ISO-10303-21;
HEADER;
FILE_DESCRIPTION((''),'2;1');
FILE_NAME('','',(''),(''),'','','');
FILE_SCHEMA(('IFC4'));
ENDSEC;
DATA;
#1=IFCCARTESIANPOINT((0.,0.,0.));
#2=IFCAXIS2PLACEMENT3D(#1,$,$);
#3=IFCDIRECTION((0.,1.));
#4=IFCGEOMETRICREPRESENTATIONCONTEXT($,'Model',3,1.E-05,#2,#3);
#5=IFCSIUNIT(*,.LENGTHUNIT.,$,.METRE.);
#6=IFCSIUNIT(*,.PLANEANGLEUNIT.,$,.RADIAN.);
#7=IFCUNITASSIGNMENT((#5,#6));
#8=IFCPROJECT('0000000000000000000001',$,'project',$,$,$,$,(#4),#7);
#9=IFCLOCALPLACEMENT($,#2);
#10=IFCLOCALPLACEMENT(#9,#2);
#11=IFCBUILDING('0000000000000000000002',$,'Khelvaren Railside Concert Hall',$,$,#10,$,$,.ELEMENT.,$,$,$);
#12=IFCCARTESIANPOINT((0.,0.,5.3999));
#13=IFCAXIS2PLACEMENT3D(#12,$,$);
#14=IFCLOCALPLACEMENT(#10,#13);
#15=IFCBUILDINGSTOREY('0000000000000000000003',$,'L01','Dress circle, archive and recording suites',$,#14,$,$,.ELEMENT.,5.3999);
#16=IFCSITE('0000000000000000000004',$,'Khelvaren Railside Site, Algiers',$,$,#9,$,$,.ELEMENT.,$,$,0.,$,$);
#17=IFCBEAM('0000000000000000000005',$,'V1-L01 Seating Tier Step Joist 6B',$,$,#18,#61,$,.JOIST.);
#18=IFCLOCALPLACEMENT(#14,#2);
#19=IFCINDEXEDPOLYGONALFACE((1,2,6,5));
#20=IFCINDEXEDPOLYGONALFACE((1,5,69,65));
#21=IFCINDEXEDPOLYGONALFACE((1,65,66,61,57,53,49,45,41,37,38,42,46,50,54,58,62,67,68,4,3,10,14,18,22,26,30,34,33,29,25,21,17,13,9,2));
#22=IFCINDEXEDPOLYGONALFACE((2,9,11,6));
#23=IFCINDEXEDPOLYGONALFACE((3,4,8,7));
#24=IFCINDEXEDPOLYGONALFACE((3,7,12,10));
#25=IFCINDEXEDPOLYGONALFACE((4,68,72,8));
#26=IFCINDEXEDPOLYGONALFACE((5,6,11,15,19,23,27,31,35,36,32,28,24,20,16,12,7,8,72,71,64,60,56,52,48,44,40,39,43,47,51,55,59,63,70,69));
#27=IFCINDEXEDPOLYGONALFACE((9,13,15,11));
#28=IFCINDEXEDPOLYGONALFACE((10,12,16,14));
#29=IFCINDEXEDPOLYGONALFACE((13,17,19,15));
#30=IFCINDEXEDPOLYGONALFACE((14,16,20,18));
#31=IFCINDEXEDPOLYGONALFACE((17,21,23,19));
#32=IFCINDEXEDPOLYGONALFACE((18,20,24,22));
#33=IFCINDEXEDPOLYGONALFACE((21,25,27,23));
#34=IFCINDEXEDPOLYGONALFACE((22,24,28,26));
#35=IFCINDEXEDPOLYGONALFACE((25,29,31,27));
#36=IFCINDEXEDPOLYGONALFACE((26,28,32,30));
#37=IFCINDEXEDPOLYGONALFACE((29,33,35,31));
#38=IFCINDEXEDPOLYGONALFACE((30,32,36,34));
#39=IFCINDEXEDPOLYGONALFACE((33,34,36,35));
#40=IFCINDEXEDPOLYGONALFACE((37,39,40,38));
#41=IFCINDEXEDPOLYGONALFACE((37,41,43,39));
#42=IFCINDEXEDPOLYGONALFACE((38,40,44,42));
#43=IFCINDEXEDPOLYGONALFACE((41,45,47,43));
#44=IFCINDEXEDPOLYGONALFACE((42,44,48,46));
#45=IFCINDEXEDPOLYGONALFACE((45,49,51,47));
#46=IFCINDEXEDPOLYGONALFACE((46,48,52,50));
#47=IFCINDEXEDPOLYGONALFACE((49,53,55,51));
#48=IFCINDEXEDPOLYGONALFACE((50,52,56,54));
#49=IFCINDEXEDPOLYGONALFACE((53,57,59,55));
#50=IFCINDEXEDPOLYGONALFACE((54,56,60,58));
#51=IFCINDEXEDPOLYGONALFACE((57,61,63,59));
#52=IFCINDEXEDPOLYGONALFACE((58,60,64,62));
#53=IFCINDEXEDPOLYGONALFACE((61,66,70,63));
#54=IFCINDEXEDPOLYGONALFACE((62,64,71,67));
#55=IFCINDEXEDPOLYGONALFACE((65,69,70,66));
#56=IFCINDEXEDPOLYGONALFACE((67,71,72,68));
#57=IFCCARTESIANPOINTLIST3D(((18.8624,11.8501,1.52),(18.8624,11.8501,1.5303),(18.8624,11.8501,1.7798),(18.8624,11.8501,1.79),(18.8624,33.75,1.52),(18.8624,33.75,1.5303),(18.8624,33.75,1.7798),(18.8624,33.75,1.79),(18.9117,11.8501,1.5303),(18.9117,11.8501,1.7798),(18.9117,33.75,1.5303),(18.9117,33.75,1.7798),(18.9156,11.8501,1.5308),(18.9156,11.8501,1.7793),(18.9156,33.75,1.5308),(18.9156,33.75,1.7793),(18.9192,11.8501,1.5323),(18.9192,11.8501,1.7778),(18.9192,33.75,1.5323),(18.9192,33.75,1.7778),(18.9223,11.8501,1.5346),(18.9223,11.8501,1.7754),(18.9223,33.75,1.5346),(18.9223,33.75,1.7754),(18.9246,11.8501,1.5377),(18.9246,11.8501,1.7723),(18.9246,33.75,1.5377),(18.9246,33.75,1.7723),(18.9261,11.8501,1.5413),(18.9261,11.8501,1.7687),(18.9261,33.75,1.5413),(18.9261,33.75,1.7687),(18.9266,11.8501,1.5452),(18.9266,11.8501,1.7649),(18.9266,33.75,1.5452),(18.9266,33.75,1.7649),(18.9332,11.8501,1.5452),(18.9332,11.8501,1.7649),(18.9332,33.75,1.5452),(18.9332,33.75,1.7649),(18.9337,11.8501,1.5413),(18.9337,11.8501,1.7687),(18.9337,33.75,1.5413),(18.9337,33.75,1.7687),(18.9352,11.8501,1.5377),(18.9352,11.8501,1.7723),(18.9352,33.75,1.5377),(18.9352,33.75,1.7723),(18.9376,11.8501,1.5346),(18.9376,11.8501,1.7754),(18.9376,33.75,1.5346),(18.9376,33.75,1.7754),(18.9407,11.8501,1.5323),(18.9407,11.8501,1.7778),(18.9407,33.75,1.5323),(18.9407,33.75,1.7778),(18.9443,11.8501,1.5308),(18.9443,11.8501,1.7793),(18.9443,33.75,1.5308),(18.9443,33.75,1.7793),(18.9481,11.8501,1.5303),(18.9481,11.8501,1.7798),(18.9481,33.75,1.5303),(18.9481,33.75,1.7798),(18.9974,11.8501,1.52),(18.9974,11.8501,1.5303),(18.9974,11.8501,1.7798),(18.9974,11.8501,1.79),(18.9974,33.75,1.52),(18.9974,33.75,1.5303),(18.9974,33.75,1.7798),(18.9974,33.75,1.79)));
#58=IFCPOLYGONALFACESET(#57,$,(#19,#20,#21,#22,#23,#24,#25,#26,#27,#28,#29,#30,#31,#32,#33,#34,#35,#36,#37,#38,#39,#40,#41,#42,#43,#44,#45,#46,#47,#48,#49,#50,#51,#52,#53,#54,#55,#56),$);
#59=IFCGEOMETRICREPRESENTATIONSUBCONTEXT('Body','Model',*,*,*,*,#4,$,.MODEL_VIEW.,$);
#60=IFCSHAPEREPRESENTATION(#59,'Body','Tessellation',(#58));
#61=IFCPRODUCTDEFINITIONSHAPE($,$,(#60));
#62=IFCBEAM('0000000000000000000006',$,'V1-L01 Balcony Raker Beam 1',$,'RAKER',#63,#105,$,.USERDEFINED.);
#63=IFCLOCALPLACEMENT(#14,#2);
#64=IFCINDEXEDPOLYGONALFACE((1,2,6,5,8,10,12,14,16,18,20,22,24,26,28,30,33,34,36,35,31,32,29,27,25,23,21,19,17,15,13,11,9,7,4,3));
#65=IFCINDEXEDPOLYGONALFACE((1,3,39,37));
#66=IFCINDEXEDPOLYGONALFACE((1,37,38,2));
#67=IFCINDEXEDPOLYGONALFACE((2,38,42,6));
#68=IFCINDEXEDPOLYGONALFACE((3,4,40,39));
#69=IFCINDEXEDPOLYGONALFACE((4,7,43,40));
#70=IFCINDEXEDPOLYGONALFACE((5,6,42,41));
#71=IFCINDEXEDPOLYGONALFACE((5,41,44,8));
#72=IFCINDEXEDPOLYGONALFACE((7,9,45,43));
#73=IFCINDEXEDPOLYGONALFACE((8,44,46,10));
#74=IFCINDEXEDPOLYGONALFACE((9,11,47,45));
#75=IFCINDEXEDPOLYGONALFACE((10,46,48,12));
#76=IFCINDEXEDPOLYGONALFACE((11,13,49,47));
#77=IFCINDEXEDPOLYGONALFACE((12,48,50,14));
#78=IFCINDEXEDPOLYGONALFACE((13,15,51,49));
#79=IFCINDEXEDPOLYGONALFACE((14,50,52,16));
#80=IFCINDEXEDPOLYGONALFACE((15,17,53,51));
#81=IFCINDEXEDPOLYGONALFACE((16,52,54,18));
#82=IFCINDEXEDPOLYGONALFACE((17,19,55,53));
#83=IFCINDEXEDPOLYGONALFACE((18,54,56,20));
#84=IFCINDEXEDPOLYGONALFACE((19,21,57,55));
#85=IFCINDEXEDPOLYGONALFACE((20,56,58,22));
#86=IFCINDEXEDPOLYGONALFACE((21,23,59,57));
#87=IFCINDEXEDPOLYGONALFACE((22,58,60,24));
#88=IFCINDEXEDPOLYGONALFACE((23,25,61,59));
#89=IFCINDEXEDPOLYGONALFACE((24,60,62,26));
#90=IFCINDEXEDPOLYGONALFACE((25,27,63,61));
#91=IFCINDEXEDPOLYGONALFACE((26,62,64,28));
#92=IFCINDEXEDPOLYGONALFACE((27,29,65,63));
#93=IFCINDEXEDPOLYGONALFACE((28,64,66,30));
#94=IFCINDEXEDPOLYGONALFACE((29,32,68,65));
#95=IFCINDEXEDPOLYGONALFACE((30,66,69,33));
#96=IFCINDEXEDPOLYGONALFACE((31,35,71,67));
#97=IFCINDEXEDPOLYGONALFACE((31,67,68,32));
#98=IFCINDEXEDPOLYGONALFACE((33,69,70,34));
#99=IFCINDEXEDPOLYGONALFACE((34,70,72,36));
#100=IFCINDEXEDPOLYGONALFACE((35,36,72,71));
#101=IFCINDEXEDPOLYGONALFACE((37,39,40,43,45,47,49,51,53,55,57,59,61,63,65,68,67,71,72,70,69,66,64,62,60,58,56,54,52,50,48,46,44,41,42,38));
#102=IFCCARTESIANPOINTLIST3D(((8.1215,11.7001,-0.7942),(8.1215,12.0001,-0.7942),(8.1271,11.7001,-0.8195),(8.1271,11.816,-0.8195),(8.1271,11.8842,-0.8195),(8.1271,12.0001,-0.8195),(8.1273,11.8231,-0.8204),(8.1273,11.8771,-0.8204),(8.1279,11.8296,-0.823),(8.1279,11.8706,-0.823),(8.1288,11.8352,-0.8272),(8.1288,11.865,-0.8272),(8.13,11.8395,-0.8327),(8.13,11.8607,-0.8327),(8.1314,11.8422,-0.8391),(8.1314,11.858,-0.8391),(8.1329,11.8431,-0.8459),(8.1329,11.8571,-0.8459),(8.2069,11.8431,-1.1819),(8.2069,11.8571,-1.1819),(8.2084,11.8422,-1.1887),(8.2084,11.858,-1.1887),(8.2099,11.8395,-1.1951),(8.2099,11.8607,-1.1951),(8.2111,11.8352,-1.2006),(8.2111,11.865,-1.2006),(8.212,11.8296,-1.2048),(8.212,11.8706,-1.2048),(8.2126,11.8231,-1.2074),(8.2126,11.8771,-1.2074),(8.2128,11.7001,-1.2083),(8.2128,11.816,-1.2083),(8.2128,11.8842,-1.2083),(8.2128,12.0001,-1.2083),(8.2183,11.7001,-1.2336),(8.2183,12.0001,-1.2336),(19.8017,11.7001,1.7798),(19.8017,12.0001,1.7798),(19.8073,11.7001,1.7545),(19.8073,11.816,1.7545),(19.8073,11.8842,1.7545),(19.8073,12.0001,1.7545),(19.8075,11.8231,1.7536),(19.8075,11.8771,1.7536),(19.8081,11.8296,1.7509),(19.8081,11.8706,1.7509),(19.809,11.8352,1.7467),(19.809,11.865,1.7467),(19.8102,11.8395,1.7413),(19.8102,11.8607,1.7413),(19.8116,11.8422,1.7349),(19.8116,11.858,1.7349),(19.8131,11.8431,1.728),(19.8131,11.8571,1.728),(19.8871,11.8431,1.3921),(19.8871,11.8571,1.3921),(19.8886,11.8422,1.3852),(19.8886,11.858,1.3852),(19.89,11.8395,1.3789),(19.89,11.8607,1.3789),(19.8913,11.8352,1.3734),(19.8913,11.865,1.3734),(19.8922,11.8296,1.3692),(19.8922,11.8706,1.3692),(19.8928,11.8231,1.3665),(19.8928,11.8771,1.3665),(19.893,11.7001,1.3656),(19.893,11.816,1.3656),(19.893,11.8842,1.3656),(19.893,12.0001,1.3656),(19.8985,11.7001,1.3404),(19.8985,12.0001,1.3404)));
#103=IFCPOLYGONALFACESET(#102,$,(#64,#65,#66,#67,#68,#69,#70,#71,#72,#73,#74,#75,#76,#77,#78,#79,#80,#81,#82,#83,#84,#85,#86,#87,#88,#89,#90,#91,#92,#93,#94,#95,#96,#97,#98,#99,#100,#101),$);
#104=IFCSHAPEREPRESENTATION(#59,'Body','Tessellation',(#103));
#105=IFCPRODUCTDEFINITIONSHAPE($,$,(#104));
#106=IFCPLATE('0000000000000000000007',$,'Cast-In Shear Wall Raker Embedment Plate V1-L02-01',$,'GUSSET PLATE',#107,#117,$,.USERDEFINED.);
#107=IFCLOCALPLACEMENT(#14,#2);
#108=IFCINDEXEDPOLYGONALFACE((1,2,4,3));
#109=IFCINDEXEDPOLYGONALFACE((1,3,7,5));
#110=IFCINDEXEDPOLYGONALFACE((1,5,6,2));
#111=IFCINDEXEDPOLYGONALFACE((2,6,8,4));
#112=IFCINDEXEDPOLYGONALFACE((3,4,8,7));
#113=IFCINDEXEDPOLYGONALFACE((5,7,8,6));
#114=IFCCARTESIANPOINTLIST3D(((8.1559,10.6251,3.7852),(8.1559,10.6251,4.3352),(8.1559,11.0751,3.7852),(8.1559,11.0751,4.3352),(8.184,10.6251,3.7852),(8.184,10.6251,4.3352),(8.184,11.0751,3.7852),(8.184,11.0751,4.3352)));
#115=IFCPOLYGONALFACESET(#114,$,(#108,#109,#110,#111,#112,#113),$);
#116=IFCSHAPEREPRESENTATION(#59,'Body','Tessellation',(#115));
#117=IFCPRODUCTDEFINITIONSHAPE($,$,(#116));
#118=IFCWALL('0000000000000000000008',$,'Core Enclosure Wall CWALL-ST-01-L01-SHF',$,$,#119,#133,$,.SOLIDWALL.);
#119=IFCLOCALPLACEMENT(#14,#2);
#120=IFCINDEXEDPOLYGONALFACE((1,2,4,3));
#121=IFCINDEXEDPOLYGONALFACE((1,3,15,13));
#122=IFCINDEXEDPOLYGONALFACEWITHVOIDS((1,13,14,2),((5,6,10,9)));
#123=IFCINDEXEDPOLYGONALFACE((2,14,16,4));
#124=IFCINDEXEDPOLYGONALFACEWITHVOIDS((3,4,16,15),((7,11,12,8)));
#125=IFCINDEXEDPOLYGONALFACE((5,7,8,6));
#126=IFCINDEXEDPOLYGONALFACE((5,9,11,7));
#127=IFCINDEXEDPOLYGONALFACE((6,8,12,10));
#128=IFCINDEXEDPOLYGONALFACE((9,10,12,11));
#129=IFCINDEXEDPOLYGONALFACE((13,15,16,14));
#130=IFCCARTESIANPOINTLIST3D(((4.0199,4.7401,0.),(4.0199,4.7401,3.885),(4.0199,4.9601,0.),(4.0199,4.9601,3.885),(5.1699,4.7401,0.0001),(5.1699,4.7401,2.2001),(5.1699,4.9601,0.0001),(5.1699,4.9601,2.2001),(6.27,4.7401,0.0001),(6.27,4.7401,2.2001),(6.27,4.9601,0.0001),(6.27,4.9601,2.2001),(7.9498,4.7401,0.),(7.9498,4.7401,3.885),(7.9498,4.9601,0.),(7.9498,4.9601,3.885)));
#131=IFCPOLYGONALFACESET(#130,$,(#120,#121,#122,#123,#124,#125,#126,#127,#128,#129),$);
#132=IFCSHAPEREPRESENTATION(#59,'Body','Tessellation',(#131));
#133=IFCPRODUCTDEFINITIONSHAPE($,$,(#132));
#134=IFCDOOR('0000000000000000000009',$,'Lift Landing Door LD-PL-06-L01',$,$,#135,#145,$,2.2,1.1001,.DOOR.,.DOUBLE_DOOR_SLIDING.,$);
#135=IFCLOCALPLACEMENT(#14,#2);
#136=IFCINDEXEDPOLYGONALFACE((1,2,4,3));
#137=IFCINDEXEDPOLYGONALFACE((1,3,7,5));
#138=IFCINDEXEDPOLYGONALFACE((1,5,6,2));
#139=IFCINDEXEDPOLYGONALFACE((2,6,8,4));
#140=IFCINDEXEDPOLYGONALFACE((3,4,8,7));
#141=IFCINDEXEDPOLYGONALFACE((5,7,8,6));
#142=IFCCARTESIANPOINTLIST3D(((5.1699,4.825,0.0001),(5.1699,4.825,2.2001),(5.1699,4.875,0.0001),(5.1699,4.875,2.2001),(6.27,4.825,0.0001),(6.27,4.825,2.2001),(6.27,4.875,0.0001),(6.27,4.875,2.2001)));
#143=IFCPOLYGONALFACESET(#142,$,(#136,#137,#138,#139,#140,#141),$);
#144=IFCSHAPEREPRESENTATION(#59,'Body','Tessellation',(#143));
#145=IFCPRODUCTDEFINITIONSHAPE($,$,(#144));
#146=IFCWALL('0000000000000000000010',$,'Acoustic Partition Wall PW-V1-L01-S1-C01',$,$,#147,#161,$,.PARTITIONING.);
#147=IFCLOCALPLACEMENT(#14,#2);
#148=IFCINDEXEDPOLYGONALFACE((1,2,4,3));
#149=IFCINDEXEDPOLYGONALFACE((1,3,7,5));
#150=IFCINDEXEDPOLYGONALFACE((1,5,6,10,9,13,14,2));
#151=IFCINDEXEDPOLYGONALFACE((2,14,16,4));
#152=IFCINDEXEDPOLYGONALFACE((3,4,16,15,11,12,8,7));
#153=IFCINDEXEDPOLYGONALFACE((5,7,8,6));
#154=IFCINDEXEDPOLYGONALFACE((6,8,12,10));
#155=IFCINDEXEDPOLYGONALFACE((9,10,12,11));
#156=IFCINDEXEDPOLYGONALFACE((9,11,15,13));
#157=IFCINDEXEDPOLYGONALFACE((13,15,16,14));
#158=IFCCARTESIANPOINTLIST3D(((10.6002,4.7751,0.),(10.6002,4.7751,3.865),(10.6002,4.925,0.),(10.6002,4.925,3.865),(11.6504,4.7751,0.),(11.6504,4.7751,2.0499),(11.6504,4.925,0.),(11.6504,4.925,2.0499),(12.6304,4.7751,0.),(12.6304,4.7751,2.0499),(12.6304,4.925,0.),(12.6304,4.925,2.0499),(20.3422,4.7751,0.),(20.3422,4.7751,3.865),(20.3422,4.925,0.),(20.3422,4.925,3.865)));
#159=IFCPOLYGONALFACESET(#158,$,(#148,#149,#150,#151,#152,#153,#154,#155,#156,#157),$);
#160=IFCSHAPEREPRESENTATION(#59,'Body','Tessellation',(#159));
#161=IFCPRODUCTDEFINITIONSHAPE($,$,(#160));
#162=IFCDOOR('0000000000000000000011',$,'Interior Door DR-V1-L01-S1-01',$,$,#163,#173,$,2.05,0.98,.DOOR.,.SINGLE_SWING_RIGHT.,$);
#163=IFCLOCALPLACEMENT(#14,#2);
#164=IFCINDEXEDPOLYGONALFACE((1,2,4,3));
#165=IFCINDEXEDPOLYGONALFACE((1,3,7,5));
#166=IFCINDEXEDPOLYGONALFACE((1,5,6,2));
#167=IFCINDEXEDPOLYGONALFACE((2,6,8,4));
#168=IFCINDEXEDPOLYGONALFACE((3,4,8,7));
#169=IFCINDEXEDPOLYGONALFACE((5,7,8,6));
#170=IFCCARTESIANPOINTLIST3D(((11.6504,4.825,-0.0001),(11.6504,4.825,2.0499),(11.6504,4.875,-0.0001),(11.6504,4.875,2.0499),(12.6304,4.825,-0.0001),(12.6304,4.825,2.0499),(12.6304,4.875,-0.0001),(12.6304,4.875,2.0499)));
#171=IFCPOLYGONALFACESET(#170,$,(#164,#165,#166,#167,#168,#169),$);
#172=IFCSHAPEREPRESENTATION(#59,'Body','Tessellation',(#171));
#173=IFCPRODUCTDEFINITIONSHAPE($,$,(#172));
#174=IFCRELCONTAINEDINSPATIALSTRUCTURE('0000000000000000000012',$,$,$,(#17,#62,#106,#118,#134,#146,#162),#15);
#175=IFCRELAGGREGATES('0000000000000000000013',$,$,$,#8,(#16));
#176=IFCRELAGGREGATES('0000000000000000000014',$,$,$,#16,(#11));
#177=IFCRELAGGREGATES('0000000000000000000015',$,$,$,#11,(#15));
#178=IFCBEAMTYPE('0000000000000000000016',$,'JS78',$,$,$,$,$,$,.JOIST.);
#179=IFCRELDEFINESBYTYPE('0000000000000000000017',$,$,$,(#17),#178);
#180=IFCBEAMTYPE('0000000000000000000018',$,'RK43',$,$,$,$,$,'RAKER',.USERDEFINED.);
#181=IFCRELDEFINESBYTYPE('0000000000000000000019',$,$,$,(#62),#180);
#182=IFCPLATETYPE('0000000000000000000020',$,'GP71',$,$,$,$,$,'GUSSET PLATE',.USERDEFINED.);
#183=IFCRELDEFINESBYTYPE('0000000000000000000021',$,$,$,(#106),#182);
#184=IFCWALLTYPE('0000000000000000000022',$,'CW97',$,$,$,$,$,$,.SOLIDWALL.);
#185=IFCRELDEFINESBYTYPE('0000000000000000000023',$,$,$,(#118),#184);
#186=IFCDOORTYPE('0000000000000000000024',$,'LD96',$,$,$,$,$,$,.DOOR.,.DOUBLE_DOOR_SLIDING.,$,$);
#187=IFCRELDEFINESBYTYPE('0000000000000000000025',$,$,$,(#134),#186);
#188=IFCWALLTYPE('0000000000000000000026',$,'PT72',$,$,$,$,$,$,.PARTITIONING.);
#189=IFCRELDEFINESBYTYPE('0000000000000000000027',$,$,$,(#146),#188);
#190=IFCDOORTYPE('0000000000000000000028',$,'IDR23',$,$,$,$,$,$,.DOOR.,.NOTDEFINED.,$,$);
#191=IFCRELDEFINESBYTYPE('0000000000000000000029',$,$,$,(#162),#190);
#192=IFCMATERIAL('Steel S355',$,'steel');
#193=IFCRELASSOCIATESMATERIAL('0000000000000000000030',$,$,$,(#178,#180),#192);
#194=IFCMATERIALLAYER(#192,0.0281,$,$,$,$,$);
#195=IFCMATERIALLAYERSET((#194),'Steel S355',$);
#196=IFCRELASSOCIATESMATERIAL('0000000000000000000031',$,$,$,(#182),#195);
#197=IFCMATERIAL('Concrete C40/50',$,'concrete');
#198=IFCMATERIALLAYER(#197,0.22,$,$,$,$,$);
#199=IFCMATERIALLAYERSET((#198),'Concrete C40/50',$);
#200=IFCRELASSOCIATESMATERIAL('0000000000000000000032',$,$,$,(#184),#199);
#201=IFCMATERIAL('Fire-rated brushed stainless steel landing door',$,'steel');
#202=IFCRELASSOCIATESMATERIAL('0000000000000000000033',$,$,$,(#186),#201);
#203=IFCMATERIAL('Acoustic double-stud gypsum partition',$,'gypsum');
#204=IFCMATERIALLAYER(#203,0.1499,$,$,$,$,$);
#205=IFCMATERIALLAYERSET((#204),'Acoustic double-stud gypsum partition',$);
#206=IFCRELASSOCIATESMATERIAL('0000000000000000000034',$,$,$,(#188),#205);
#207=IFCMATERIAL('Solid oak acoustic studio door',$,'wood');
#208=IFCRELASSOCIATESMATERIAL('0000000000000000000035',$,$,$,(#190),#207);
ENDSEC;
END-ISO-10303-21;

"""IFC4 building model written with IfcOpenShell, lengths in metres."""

from ifc_helpers import new_model, si_unit, direction, frame, frame_2d, origin, origin_2d, place, context, subcontext, project, spatial, rectangle, i_section, extrude, material, layer, layer_set, material_profile, profile_set, type_object, element, fill, save


model = new_model("IFC4")

# Units and contexts
model_context = context("Model", 3, precision=1e-05, world=origin(), true_north=direction((0.0, 1.0)))
body_context = subcontext(model_context, "Body", "Model", "MODEL_VIEW")
ifc_project = project(units=[si_unit("LENGTHUNIT", "METRE"), si_unit("PLANEANGLEUNIT", "RADIAN")], contexts=[model_context])

# Site, building, storey
site_placement = place(None, origin())
site = spatial("IfcSite", under=ifc_project, at=site_placement, Name="Khelvaren Railside Site, Algiers", CompositionType="ELEMENT", RefElevation=0.0)
building_placement = place(site_placement, origin())
building = spatial("IfcBuilding", under=site, at=building_placement, Name="Khelvaren Railside Concert Hall", CompositionType="ELEMENT")
storey_placement = place(building_placement, frame((0.0, 0.0, 5.3999)))
storey = spatial("IfcBuildingStorey", under=building, at=storey_placement, Name="L01", Description="Dress circle, archive and recording suites", CompositionType="ELEMENT", Elevation=5.3999)

# Shared definitions
ifc_material_1 = material(Name="Steel S355", Category="steel")

# Beams
ifc_material_profile_1 = material_profile(ifc_material_1, i_section(OverallWidth=0.135, OverallDepth=0.27, WebThickness=0.0066, FlangeThickness=0.0103, FilletRadius=0.0149, at=origin_2d()), Name="IPE 270")
ifc_profile_set_1 = profile_set([ifc_material_profile_1], Name="Steel S355")
beam_type_1 = type_object("IfcBeamType", Name="JS78", PredefinedType="JOIST", material=ifc_profile_set_1)
beam_1_placement = place(storey_placement, frame((18.9299, 11.8501, 1.655), z_axis=(0.0, 1.0, 0.0), x_axis=(-1.0, 0.0, 0.0)))
element("IfcBeam", 1, at=beam_1_placement, inside=storey, type_object=beam_type_1, Name="V1-L01 Seating Tier Step Joist 6B", PredefinedType="JOIST", context=body_context, shape_type="SweptSolid", body=[
    extrude(i_section(OverallWidth=0.135, OverallDepth=0.27, WebThickness=0.0066, FlangeThickness=0.0103, FilletRadius=0.0149, at=origin_2d()), origin(), (0.0, 0.0, 1.0), 21.8999),
])
ifc_material_profile_2 = material_profile(ifc_material_1, i_section(OverallWidth=0.3, OverallDepth=0.45, WebThickness=0.0139, FlangeThickness=0.0259, FilletRadius=0.0271, at=origin_2d()), Name="HEB 450")
ifc_profile_set_2 = profile_set([ifc_material_profile_2], Name="Steel S355")
beam_type_2 = type_object("IfcBeamType", Name="RK43", ElementType="RAKER", PredefinedType="USERDEFINED", material=ifc_profile_set_2)
beam_2_placement = place(storey_placement, frame((8.1699, 11.8501, -1.0139), z_axis=(0.976568, 0.0, 0.215208), x_axis=(0.0, 1.0, 0.0)))
element("IfcBeam", 2, at=beam_2_placement, inside=storey, type_object=beam_type_2, Name="V1-L01 Balcony Raker Beam 1", ObjectType="RAKER", PredefinedType="USERDEFINED", context=body_context, shape_type="SweptSolid", body=[
    extrude(i_section(OverallWidth=0.3, OverallDepth=0.45, WebThickness=0.0139, FlangeThickness=0.0259, FilletRadius=0.0271, at=origin_2d()), origin(), (0.0, 0.0, 1.0), 11.9604),
])

# Plate
ifc_layer_1 = layer(ifc_material_1, 0.0281)
ifc_layer_set_1 = layer_set([ifc_layer_1], Name="Steel S355")
plate_type = type_object("IfcPlateType", Name="GP71", ElementType="GUSSET PLATE", PredefinedType="USERDEFINED", material=ifc_layer_set_1)
plate_placement = place(storey_placement, frame((8.1699, 10.8501, 3.7852), z_axis=(0.0, 0.0, 1.0), x_axis=(1.0, 0.0, 0.0)))
element("IfcPlate", 3, at=plate_placement, inside=storey, type_object=plate_type, Name="Cast-In Shear Wall Raker Embedment Plate V1-L02-01", ObjectType="GUSSET PLATE", PredefinedType="USERDEFINED", context=body_context, shape_type="SweptSolid", body=[
    extrude(rectangle(XDim=0.0281, YDim=0.45, at=origin_2d()), origin(), (0.0, 0.0, 1.0), 0.55),
])

# Walls, openings, doors
ifc_material_2 = material(Name="Concrete C40/50", Category="concrete")
ifc_layer_2 = layer(ifc_material_2, 0.22)
ifc_layer_set_2 = layer_set([ifc_layer_2], Name="Concrete C40/50")
wall_type_1 = type_object("IfcWallType", Name="CW97", PredefinedType="SOLIDWALL", material=ifc_layer_set_2)
wall_1_placement = place(storey_placement, frame((4.02, 4.8501, 0.0), z_axis=(0.0, 0.0, 1.0), x_axis=(1.0, 0.0, 0.0)))
wall_1 = element("IfcWall", 4, at=wall_1_placement, inside=storey, type_object=wall_type_1, Name="Core Enclosure Wall CWALL-ST-01-L01-SHF", PredefinedType="SOLIDWALL", context=body_context, shape_type="SweptSolid", body=[
    extrude(rectangle(XDim=3.9299, YDim=0.22, at=frame_2d((1.9648, 0.0))), origin(), (0.0, 0.0, 1.0), 3.885),
])
opening_1_placement = place(wall_1_placement, frame((1.1499, 0.0, 0.0)))
opening_1 = element("IfcOpeningElement", 5, at=opening_1_placement, cuts=wall_1, PredefinedType="OPENING", context=body_context, shape_type="SweptSolid", body=[
    extrude(rectangle(XDim=1.1001, YDim=2.2, at=frame_2d((0.55, 1.1001))), frame((0.0, 0.1199, 0.0), z_axis=(0.0, -1.0, 0.0), x_axis=(1.0, 0.0, 0.0)), (0.0, 0.0, 1.0), 0.24),
])
ifc_material_3 = material(Name="Fire-rated brushed stainless steel landing door", Category="steel")
door_type_1 = type_object("IfcDoorType", Name="LD96", OperationType="DOUBLE_DOOR_SLIDING", PredefinedType="DOOR", material=ifc_material_3)
door_1_placement = place(opening_1_placement, origin())
door_1 = element("IfcDoor", 6, at=door_1_placement, inside=storey, type_object=door_type_1, Name="Lift Landing Door LD-PL-06-L01", OperationType="DOUBLE_DOOR_SLIDING", OverallHeight=2.2, OverallWidth=1.1001, PredefinedType="DOOR", context=body_context, shape_type="SweptSolid", body=[
    extrude(rectangle(XDim=1.1001, YDim=2.2, at=frame_2d((0.55, 1.1001))), frame((0.0, 0.0249, 0.0), z_axis=(0.0, -1.0, 0.0), x_axis=(1.0, 0.0, 0.0)), (0.0, 0.0, 1.0), 0.05),
])
fill(opening_1, door_1)
ifc_material_4 = material(Name="Acoustic double-stud gypsum partition", Category="gypsum")
ifc_layer_3 = layer(ifc_material_4, 0.1499)
ifc_layer_set_3 = layer_set([ifc_layer_3], Name="Acoustic double-stud gypsum partition")
wall_type_2 = type_object("IfcWallType", Name="PT72", PredefinedType="PARTITIONING", material=ifc_layer_set_3)
wall_2_placement = place(storey_placement, frame((10.6001, 4.8501, 0.0), z_axis=(0.0, 0.0, 1.0), x_axis=(1.0, 0.0, 0.0)))
wall_2 = element("IfcWall", 7, at=wall_2_placement, inside=storey, type_object=wall_type_2, Name="Acoustic Partition Wall PW-V1-L01-S1-C01", PredefinedType="PARTITIONING", context=body_context, shape_type="SweptSolid", body=[
    extrude(rectangle(XDim=9.7419, YDim=0.1499, at=frame_2d((4.8711, 0.0))), origin(), (0.0, 0.0, 1.0), 3.865),
])
opening_2_placement = place(wall_2_placement, frame((1.0503, 0.0, 0.0)))
opening_2 = element("IfcOpeningElement", 8, at=opening_2_placement, cuts=wall_2, PredefinedType="OPENING", context=body_context, shape_type="SweptSolid", body=[
    extrude(rectangle(XDim=0.98, YDim=2.05, at=frame_2d((0.49, 1.0249))), frame((0.0, 0.085, 0.0), z_axis=(0.0, -1.0, 0.0), x_axis=(1.0, 0.0, 0.0)), (0.0, 0.0, 1.0), 0.1699),
])
ifc_material_5 = material(Name="Solid oak acoustic studio door", Category="wood")
door_type_2 = type_object("IfcDoorType", Name="IDR23", OperationType="NOTDEFINED", PredefinedType="DOOR", material=ifc_material_5)
door_2_placement = place(opening_2_placement, origin())
door_2 = element("IfcDoor", 9, at=door_2_placement, inside=storey, type_object=door_type_2, Name="Interior Door DR-V1-L01-S1-01", OperationType="SINGLE_SWING_RIGHT", OverallHeight=2.05, OverallWidth=0.98, PredefinedType="DOOR", context=body_context, shape_type="SweptSolid", body=[
    extrude(rectangle(XDim=0.98, YDim=2.05, at=frame_2d((0.49, 1.0249))), frame((0.0, 0.0249, 0.0), z_axis=(0.0, -1.0, 0.0), x_axis=(1.0, 0.0, 0.0)), (0.0, 0.0, 1.0), 0.05),
])
fill(opening_2, door_2)

save(model, "model.ifc")
